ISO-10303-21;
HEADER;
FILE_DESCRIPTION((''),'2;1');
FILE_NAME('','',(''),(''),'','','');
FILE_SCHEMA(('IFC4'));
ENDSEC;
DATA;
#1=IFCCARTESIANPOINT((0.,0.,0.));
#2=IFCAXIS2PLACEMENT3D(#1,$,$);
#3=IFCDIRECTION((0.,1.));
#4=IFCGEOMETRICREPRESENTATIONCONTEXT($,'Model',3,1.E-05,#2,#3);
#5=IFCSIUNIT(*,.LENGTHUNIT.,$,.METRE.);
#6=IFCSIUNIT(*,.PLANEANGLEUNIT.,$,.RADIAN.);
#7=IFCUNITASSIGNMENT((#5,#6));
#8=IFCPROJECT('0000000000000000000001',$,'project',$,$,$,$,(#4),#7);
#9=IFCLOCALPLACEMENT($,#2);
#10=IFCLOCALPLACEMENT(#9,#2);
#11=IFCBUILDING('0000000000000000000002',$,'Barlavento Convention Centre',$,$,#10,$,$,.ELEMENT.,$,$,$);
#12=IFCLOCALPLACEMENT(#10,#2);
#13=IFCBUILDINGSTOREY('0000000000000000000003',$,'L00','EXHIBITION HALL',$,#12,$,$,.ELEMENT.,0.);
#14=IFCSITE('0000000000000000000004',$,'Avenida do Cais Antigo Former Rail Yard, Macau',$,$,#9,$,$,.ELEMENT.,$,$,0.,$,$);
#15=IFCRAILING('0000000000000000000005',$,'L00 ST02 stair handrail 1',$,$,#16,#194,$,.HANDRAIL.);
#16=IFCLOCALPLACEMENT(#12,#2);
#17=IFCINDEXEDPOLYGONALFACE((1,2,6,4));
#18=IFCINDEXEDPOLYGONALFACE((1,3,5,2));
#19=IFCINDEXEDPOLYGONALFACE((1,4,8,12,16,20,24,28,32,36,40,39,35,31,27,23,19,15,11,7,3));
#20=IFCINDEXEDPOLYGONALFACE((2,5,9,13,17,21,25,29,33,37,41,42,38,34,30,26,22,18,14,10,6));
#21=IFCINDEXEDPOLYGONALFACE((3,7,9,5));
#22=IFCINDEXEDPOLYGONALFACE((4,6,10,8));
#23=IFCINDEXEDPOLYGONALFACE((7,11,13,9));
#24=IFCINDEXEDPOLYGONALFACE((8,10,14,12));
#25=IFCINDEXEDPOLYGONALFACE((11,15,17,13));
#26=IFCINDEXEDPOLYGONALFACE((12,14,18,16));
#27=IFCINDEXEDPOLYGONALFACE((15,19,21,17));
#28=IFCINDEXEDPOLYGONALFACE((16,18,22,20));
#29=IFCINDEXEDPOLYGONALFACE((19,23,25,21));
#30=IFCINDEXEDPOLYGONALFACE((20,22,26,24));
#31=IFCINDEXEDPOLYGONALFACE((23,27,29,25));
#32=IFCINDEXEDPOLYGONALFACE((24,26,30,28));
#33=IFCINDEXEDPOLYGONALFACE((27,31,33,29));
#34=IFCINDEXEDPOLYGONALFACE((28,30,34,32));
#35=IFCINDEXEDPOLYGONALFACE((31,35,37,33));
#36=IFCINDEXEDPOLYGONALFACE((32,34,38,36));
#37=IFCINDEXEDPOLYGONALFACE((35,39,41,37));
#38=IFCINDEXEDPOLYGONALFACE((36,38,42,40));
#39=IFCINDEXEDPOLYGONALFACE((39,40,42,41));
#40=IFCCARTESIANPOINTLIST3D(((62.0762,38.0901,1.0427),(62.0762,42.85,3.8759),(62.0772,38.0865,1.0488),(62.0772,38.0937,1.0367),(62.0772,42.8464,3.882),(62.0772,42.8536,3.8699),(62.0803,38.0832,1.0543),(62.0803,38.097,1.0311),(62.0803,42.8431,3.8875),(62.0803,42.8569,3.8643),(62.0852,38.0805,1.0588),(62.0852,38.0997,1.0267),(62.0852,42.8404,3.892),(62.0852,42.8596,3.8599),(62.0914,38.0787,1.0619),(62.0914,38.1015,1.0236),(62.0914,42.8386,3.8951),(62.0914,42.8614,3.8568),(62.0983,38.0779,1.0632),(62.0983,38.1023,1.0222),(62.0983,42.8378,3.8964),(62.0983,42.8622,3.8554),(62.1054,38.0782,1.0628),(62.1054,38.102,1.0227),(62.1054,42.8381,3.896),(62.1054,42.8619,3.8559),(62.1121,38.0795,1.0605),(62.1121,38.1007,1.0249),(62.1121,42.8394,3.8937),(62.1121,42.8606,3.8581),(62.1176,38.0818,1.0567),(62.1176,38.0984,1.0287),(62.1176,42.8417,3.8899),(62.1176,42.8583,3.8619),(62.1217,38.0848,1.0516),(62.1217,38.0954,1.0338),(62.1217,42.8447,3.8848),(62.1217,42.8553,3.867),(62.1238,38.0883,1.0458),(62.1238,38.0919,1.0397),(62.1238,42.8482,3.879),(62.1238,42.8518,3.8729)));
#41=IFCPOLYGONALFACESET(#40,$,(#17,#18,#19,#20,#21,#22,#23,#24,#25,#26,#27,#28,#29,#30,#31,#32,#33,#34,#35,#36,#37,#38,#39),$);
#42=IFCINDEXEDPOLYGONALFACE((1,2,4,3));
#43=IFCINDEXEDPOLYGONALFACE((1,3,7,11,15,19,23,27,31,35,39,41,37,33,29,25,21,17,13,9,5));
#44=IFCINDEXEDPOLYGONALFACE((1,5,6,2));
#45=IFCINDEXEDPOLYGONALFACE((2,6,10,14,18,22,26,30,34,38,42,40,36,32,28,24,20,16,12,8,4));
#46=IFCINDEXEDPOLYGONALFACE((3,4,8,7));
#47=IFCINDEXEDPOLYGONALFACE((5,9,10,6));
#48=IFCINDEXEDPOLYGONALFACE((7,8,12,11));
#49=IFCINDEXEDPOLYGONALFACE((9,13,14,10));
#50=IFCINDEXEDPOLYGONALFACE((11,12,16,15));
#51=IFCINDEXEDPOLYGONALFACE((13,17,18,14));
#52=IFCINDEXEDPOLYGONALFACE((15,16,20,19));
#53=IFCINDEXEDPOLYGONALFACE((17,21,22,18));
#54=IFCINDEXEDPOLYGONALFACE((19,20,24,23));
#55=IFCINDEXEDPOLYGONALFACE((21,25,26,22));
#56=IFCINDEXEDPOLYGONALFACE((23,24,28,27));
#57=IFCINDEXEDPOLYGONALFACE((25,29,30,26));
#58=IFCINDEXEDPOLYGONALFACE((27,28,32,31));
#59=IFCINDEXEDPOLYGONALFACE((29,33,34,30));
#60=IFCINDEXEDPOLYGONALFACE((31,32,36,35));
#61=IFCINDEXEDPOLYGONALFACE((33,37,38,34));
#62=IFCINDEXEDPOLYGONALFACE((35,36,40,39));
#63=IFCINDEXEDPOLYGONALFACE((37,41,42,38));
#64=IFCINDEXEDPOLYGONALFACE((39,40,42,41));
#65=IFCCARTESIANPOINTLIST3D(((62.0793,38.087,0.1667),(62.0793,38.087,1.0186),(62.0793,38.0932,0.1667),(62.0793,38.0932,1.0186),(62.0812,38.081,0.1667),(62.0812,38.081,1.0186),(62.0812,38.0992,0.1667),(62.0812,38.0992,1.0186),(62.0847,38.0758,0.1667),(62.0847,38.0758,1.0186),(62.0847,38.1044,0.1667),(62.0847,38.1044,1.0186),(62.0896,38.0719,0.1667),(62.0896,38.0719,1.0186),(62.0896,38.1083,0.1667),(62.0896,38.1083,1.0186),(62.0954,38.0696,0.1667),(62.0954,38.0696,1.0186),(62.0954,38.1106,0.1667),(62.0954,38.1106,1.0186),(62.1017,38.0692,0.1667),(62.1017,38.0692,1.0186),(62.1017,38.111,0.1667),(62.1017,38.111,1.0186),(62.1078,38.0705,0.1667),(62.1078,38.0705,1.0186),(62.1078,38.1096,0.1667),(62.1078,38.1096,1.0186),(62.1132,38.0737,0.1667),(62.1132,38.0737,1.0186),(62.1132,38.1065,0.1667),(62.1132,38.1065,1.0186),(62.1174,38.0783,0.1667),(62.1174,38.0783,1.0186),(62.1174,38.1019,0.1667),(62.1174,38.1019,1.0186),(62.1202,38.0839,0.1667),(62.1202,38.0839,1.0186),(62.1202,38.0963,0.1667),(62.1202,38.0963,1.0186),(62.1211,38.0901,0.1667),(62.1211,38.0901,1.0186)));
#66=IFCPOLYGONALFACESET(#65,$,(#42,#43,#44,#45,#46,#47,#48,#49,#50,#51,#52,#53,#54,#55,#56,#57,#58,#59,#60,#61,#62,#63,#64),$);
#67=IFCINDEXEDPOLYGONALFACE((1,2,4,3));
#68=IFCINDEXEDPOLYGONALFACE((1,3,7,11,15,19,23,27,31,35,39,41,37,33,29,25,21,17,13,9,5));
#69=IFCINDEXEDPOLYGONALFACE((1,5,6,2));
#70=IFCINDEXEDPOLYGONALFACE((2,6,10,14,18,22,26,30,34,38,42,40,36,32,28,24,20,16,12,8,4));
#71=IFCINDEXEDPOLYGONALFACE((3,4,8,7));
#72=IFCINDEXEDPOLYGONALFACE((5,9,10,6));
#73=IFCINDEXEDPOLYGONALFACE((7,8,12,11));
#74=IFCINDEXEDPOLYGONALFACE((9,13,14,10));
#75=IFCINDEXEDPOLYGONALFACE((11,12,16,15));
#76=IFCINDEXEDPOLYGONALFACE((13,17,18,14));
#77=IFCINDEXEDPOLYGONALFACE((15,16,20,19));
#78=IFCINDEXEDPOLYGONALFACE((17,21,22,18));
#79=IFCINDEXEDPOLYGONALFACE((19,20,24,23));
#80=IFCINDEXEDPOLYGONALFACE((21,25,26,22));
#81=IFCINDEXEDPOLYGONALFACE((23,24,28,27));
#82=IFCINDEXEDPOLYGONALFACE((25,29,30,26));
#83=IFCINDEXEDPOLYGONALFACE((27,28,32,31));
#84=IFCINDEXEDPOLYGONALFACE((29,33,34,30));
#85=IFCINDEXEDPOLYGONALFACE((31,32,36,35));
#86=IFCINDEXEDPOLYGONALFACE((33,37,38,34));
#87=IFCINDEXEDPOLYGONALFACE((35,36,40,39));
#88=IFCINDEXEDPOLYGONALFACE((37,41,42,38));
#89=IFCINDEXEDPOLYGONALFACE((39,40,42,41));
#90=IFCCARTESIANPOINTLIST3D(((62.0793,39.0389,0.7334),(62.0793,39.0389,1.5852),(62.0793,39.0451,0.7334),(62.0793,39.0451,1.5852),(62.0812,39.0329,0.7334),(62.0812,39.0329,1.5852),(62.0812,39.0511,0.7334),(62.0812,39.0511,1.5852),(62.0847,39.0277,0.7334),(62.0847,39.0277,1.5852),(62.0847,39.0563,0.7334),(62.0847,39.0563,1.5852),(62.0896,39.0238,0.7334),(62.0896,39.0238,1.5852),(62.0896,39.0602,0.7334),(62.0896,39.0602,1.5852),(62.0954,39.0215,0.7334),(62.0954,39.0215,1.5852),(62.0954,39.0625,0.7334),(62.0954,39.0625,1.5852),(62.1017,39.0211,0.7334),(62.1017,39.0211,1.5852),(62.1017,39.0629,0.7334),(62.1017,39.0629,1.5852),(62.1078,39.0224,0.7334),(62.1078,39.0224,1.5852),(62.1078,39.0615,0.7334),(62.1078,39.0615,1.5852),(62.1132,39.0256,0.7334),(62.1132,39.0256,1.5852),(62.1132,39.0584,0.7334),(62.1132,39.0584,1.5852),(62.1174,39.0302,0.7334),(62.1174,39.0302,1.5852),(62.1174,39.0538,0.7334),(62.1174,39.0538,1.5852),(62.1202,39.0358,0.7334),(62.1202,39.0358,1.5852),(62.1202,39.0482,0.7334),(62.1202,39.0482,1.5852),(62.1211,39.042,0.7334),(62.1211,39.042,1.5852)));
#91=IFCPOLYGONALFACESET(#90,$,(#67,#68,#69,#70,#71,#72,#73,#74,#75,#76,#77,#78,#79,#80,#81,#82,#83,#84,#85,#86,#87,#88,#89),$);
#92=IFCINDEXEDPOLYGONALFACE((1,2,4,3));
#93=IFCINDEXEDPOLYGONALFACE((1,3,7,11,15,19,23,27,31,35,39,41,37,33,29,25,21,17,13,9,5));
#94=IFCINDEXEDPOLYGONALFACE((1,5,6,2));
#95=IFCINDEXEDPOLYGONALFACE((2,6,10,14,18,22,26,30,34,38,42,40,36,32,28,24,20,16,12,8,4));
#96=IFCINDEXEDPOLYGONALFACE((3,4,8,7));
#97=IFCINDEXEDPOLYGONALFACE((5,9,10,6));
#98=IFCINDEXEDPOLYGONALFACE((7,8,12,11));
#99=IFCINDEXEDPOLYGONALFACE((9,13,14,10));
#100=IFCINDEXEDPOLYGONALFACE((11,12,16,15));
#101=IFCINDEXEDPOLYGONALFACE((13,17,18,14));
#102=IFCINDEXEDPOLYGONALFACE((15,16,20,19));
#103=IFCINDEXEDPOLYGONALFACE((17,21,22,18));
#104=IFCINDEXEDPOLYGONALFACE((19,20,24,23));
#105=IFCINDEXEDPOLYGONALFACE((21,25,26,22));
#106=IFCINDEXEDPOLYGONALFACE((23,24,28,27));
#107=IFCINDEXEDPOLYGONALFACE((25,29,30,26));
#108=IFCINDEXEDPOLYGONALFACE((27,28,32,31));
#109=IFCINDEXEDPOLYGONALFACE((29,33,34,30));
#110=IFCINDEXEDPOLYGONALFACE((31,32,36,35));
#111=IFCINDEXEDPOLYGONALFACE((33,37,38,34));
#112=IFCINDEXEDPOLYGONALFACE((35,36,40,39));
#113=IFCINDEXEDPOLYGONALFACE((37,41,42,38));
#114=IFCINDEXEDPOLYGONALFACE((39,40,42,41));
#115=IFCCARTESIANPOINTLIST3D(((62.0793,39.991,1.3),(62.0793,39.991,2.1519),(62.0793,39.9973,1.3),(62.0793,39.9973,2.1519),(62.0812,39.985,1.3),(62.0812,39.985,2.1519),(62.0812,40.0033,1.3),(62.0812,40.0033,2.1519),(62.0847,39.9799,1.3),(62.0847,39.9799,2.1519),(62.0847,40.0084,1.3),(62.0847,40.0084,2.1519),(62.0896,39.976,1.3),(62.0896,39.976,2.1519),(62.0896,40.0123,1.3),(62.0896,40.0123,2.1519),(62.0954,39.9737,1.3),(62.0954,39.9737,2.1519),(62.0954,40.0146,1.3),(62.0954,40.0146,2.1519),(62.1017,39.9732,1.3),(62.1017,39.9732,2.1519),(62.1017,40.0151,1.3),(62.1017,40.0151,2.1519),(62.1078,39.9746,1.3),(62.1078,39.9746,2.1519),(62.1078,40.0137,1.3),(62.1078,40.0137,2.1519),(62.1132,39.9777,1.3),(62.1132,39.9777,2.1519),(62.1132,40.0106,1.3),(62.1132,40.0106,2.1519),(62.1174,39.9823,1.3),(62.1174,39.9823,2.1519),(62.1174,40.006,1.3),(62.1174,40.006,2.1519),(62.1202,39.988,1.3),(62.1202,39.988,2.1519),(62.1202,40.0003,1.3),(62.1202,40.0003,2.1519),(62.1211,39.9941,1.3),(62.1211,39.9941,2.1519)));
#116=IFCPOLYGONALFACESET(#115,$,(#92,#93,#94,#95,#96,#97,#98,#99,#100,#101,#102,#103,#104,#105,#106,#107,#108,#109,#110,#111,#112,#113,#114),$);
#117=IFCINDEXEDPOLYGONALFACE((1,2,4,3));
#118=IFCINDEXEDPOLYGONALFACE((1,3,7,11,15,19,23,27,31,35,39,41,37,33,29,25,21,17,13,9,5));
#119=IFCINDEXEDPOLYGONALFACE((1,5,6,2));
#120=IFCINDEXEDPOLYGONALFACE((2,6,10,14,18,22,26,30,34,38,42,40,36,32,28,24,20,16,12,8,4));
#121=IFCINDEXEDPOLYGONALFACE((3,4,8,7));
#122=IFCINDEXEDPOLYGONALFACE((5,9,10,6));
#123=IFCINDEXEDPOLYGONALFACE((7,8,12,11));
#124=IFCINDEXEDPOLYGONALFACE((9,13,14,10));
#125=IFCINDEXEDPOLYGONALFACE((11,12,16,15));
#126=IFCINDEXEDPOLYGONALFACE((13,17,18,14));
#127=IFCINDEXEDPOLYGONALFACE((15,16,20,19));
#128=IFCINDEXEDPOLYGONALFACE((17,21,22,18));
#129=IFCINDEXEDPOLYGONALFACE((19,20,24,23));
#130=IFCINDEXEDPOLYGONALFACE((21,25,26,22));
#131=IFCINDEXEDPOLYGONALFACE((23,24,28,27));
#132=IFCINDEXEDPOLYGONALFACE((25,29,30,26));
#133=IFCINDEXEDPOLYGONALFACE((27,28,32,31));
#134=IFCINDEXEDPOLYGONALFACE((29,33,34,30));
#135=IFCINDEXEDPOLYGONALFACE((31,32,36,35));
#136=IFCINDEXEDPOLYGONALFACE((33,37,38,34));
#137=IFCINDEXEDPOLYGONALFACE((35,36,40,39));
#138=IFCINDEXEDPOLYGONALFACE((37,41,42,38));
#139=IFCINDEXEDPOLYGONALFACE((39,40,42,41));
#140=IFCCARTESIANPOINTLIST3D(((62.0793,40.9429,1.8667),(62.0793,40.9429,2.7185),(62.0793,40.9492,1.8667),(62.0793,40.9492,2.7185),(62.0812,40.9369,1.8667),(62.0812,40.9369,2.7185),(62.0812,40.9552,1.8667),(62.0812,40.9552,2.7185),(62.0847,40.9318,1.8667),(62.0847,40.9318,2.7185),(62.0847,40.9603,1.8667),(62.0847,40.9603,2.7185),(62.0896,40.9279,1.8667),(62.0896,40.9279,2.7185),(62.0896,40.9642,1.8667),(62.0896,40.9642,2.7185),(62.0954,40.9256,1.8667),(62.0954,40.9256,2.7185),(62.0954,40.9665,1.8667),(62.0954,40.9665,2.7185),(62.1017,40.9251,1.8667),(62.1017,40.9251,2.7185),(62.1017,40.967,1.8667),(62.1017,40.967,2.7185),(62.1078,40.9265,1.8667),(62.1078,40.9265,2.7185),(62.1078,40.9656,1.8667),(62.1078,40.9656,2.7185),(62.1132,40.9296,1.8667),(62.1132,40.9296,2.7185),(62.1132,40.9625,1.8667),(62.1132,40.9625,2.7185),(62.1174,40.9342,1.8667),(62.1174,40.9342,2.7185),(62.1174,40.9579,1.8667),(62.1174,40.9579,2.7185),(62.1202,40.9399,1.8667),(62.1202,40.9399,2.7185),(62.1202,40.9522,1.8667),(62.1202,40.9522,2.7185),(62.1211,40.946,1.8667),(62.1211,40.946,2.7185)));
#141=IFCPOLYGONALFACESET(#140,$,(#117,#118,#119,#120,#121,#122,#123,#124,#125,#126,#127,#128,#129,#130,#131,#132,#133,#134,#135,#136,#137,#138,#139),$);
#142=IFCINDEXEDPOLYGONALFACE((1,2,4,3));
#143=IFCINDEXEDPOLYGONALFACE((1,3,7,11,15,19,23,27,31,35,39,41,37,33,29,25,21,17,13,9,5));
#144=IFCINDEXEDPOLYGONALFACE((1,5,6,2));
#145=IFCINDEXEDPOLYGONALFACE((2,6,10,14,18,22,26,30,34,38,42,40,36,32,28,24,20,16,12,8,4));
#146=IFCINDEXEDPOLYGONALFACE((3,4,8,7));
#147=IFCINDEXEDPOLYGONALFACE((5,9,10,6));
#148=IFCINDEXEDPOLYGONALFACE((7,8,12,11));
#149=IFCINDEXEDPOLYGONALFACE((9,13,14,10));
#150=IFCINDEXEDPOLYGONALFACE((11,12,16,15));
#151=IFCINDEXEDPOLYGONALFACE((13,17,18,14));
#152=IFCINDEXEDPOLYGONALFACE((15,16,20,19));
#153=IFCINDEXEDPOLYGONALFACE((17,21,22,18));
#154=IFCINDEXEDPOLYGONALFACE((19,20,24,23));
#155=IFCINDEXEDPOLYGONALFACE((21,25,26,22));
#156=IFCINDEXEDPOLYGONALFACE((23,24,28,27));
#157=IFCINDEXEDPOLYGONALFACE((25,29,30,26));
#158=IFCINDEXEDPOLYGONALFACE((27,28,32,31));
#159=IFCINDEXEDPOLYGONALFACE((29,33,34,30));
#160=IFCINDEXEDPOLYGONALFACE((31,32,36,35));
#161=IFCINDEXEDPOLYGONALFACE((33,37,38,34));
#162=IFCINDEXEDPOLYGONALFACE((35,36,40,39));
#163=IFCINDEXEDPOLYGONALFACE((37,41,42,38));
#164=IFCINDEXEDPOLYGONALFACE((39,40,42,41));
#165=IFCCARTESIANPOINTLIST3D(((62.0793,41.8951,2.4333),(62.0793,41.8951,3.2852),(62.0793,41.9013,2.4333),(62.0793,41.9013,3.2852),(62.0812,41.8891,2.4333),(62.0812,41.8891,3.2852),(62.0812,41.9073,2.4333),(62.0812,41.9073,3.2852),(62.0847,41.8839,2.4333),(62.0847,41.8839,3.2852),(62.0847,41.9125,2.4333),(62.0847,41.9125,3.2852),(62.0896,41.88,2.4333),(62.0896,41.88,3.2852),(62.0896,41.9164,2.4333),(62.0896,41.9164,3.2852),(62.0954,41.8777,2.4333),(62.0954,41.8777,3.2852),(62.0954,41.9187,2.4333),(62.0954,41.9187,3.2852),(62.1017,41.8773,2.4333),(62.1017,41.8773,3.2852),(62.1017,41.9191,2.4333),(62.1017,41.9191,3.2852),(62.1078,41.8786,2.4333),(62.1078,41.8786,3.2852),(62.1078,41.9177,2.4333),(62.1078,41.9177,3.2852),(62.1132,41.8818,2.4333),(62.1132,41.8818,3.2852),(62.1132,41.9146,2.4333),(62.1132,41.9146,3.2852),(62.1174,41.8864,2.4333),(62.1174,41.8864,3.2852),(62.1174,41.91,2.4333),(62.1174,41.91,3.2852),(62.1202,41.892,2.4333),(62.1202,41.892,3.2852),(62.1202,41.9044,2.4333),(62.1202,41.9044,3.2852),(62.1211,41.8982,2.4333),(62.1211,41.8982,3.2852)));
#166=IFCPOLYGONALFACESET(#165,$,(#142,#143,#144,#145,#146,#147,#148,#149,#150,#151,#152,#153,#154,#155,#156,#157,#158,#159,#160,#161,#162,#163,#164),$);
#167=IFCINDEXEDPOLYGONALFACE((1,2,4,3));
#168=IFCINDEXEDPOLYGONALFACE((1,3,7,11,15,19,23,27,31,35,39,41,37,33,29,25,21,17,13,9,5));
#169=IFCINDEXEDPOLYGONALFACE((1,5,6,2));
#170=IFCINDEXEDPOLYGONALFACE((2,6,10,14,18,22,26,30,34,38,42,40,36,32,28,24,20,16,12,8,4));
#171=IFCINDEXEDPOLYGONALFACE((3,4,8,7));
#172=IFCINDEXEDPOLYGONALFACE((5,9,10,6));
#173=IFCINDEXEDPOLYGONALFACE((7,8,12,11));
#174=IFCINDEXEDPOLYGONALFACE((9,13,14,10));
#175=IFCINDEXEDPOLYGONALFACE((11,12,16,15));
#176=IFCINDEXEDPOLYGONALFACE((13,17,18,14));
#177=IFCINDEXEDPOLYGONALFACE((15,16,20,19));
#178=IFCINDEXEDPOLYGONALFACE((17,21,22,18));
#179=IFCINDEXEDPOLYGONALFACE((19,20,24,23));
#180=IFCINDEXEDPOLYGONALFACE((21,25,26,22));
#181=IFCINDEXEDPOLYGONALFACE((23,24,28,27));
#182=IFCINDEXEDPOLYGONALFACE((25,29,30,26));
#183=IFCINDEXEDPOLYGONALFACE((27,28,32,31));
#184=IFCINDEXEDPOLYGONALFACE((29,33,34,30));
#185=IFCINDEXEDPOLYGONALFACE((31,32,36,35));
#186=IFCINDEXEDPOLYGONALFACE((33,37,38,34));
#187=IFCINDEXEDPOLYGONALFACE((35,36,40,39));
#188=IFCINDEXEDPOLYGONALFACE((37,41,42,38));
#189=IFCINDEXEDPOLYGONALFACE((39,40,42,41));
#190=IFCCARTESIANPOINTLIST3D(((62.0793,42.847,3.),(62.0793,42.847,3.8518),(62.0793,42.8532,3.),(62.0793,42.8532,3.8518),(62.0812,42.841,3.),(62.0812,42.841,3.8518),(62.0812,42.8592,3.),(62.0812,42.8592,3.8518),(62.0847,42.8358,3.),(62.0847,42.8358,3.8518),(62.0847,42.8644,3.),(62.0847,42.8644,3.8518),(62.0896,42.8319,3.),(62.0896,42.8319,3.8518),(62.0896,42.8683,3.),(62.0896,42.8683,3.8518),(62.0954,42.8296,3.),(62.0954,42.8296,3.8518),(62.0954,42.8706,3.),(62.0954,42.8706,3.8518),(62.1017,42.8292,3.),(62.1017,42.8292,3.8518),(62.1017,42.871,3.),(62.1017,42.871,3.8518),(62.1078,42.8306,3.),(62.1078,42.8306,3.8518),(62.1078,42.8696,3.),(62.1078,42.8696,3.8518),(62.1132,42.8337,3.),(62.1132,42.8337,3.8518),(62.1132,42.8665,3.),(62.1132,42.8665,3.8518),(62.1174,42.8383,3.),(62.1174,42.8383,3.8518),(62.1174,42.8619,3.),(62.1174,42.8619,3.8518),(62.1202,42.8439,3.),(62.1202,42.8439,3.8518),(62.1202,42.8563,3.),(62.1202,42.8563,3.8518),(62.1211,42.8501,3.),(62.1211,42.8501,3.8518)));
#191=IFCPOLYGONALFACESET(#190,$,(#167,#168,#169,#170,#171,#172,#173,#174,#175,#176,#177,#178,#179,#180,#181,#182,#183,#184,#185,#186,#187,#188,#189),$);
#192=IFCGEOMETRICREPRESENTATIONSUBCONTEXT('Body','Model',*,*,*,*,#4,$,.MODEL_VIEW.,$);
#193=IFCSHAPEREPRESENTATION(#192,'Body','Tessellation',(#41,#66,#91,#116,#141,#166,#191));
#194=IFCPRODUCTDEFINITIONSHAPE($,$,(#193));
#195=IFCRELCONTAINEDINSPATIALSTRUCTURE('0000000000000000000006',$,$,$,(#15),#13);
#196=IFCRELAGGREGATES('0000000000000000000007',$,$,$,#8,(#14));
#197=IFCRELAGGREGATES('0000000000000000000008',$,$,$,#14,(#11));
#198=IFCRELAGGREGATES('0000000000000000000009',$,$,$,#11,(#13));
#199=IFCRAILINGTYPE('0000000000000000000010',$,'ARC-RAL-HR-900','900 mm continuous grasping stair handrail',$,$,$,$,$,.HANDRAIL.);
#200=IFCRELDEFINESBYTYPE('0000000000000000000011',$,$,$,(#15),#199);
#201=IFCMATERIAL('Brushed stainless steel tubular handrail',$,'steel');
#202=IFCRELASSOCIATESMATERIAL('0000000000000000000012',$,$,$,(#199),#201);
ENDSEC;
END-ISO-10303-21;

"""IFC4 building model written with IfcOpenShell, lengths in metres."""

from ifc_helpers import new_model, si_unit, direction, frame, origin, origin_2d, place, context, subcontext, project, spatial, circle, extrude, material, type_object, element, save


model = new_model("IFC4")

# Units and contexts
model_context = context("Model", 3, precision=1e-05, world=origin(), true_north=direction((0.0, 1.0)))
body_context = subcontext(model_context, "Body", "Model", "MODEL_VIEW")
ifc_project = project(units=[si_unit("LENGTHUNIT", "METRE"), si_unit("PLANEANGLEUNIT", "RADIAN")], contexts=[model_context])

# Site, building, storey
site_placement = place(None, origin())
site = spatial("IfcSite", under=ifc_project, at=site_placement, Name="Avenida do Cais Antigo Former Rail Yard, Macau", CompositionType="ELEMENT", RefElevation=0.0)
building_placement = place(site_placement, origin())
building = spatial("IfcBuilding", under=site, at=building_placement, Name="Barlavento Convention Centre", CompositionType="ELEMENT")
storey_placement = place(building_placement, origin())
storey = spatial("IfcBuildingStorey", under=building, at=storey_placement, Name="L00", Description="EXHIBITION HALL", CompositionType="ELEMENT", Elevation=0.0)

# Railing
ifc_material_1 = material(Name="Brushed stainless steel tubular handrail", Category="steel")
railing_type_1 = type_object("IfcRailingType", Name="ARC-RAL-HR-900", Description="900 mm continuous grasping stair handrail", PredefinedType="HANDRAIL", material=ifc_material_1)
railing_1_placement = place(storey_placement, frame((62.1001, 38.0901, 0.1667)))
element("IfcRailing", 1, at=railing_1_placement, inside=storey, type_object=railing_type_1, Name="L00 ST02 stair handrail 1", PredefinedType="HANDRAIL", context=body_context, shape_type="SweptSolid", body=[
    extrude(circle(Radius=0.0239, at=origin_2d()), frame((0.0, 0.0, 0.876), z_axis=(0.0, 0.8593, 0.511472), x_axis=(-1.0, 0.0, 0.0)), (0.0, 0.0, 1.0), 5.5393),
    extrude(circle(Radius=0.021, at=origin_2d()), origin(), (0.0, 0.0, 1.0), 0.8518),
    extrude(circle(Radius=0.021, at=origin_2d()), frame((0.0, 0.9519, 0.5667)), (0.0, 0.0, 1.0), 0.8518),
    extrude(circle(Radius=0.021, at=origin_2d()), frame((0.0, 1.9041, 1.1333)), (0.0, 0.0, 1.0), 0.8518),
    extrude(circle(Radius=0.021, at=origin_2d()), frame((0.0, 2.856, 1.7)), (0.0, 0.0, 1.0), 0.8518),
    extrude(circle(Radius=0.021, at=origin_2d()), frame((0.0, 3.8081, 2.2666)), (0.0, 0.0, 1.0), 0.8518),
    extrude(circle(Radius=0.021, at=origin_2d()), frame((0.0, 4.76, 2.8333)), (0.0, 0.0, 1.0), 0.8518),
])

save(model, "model.ifc")
